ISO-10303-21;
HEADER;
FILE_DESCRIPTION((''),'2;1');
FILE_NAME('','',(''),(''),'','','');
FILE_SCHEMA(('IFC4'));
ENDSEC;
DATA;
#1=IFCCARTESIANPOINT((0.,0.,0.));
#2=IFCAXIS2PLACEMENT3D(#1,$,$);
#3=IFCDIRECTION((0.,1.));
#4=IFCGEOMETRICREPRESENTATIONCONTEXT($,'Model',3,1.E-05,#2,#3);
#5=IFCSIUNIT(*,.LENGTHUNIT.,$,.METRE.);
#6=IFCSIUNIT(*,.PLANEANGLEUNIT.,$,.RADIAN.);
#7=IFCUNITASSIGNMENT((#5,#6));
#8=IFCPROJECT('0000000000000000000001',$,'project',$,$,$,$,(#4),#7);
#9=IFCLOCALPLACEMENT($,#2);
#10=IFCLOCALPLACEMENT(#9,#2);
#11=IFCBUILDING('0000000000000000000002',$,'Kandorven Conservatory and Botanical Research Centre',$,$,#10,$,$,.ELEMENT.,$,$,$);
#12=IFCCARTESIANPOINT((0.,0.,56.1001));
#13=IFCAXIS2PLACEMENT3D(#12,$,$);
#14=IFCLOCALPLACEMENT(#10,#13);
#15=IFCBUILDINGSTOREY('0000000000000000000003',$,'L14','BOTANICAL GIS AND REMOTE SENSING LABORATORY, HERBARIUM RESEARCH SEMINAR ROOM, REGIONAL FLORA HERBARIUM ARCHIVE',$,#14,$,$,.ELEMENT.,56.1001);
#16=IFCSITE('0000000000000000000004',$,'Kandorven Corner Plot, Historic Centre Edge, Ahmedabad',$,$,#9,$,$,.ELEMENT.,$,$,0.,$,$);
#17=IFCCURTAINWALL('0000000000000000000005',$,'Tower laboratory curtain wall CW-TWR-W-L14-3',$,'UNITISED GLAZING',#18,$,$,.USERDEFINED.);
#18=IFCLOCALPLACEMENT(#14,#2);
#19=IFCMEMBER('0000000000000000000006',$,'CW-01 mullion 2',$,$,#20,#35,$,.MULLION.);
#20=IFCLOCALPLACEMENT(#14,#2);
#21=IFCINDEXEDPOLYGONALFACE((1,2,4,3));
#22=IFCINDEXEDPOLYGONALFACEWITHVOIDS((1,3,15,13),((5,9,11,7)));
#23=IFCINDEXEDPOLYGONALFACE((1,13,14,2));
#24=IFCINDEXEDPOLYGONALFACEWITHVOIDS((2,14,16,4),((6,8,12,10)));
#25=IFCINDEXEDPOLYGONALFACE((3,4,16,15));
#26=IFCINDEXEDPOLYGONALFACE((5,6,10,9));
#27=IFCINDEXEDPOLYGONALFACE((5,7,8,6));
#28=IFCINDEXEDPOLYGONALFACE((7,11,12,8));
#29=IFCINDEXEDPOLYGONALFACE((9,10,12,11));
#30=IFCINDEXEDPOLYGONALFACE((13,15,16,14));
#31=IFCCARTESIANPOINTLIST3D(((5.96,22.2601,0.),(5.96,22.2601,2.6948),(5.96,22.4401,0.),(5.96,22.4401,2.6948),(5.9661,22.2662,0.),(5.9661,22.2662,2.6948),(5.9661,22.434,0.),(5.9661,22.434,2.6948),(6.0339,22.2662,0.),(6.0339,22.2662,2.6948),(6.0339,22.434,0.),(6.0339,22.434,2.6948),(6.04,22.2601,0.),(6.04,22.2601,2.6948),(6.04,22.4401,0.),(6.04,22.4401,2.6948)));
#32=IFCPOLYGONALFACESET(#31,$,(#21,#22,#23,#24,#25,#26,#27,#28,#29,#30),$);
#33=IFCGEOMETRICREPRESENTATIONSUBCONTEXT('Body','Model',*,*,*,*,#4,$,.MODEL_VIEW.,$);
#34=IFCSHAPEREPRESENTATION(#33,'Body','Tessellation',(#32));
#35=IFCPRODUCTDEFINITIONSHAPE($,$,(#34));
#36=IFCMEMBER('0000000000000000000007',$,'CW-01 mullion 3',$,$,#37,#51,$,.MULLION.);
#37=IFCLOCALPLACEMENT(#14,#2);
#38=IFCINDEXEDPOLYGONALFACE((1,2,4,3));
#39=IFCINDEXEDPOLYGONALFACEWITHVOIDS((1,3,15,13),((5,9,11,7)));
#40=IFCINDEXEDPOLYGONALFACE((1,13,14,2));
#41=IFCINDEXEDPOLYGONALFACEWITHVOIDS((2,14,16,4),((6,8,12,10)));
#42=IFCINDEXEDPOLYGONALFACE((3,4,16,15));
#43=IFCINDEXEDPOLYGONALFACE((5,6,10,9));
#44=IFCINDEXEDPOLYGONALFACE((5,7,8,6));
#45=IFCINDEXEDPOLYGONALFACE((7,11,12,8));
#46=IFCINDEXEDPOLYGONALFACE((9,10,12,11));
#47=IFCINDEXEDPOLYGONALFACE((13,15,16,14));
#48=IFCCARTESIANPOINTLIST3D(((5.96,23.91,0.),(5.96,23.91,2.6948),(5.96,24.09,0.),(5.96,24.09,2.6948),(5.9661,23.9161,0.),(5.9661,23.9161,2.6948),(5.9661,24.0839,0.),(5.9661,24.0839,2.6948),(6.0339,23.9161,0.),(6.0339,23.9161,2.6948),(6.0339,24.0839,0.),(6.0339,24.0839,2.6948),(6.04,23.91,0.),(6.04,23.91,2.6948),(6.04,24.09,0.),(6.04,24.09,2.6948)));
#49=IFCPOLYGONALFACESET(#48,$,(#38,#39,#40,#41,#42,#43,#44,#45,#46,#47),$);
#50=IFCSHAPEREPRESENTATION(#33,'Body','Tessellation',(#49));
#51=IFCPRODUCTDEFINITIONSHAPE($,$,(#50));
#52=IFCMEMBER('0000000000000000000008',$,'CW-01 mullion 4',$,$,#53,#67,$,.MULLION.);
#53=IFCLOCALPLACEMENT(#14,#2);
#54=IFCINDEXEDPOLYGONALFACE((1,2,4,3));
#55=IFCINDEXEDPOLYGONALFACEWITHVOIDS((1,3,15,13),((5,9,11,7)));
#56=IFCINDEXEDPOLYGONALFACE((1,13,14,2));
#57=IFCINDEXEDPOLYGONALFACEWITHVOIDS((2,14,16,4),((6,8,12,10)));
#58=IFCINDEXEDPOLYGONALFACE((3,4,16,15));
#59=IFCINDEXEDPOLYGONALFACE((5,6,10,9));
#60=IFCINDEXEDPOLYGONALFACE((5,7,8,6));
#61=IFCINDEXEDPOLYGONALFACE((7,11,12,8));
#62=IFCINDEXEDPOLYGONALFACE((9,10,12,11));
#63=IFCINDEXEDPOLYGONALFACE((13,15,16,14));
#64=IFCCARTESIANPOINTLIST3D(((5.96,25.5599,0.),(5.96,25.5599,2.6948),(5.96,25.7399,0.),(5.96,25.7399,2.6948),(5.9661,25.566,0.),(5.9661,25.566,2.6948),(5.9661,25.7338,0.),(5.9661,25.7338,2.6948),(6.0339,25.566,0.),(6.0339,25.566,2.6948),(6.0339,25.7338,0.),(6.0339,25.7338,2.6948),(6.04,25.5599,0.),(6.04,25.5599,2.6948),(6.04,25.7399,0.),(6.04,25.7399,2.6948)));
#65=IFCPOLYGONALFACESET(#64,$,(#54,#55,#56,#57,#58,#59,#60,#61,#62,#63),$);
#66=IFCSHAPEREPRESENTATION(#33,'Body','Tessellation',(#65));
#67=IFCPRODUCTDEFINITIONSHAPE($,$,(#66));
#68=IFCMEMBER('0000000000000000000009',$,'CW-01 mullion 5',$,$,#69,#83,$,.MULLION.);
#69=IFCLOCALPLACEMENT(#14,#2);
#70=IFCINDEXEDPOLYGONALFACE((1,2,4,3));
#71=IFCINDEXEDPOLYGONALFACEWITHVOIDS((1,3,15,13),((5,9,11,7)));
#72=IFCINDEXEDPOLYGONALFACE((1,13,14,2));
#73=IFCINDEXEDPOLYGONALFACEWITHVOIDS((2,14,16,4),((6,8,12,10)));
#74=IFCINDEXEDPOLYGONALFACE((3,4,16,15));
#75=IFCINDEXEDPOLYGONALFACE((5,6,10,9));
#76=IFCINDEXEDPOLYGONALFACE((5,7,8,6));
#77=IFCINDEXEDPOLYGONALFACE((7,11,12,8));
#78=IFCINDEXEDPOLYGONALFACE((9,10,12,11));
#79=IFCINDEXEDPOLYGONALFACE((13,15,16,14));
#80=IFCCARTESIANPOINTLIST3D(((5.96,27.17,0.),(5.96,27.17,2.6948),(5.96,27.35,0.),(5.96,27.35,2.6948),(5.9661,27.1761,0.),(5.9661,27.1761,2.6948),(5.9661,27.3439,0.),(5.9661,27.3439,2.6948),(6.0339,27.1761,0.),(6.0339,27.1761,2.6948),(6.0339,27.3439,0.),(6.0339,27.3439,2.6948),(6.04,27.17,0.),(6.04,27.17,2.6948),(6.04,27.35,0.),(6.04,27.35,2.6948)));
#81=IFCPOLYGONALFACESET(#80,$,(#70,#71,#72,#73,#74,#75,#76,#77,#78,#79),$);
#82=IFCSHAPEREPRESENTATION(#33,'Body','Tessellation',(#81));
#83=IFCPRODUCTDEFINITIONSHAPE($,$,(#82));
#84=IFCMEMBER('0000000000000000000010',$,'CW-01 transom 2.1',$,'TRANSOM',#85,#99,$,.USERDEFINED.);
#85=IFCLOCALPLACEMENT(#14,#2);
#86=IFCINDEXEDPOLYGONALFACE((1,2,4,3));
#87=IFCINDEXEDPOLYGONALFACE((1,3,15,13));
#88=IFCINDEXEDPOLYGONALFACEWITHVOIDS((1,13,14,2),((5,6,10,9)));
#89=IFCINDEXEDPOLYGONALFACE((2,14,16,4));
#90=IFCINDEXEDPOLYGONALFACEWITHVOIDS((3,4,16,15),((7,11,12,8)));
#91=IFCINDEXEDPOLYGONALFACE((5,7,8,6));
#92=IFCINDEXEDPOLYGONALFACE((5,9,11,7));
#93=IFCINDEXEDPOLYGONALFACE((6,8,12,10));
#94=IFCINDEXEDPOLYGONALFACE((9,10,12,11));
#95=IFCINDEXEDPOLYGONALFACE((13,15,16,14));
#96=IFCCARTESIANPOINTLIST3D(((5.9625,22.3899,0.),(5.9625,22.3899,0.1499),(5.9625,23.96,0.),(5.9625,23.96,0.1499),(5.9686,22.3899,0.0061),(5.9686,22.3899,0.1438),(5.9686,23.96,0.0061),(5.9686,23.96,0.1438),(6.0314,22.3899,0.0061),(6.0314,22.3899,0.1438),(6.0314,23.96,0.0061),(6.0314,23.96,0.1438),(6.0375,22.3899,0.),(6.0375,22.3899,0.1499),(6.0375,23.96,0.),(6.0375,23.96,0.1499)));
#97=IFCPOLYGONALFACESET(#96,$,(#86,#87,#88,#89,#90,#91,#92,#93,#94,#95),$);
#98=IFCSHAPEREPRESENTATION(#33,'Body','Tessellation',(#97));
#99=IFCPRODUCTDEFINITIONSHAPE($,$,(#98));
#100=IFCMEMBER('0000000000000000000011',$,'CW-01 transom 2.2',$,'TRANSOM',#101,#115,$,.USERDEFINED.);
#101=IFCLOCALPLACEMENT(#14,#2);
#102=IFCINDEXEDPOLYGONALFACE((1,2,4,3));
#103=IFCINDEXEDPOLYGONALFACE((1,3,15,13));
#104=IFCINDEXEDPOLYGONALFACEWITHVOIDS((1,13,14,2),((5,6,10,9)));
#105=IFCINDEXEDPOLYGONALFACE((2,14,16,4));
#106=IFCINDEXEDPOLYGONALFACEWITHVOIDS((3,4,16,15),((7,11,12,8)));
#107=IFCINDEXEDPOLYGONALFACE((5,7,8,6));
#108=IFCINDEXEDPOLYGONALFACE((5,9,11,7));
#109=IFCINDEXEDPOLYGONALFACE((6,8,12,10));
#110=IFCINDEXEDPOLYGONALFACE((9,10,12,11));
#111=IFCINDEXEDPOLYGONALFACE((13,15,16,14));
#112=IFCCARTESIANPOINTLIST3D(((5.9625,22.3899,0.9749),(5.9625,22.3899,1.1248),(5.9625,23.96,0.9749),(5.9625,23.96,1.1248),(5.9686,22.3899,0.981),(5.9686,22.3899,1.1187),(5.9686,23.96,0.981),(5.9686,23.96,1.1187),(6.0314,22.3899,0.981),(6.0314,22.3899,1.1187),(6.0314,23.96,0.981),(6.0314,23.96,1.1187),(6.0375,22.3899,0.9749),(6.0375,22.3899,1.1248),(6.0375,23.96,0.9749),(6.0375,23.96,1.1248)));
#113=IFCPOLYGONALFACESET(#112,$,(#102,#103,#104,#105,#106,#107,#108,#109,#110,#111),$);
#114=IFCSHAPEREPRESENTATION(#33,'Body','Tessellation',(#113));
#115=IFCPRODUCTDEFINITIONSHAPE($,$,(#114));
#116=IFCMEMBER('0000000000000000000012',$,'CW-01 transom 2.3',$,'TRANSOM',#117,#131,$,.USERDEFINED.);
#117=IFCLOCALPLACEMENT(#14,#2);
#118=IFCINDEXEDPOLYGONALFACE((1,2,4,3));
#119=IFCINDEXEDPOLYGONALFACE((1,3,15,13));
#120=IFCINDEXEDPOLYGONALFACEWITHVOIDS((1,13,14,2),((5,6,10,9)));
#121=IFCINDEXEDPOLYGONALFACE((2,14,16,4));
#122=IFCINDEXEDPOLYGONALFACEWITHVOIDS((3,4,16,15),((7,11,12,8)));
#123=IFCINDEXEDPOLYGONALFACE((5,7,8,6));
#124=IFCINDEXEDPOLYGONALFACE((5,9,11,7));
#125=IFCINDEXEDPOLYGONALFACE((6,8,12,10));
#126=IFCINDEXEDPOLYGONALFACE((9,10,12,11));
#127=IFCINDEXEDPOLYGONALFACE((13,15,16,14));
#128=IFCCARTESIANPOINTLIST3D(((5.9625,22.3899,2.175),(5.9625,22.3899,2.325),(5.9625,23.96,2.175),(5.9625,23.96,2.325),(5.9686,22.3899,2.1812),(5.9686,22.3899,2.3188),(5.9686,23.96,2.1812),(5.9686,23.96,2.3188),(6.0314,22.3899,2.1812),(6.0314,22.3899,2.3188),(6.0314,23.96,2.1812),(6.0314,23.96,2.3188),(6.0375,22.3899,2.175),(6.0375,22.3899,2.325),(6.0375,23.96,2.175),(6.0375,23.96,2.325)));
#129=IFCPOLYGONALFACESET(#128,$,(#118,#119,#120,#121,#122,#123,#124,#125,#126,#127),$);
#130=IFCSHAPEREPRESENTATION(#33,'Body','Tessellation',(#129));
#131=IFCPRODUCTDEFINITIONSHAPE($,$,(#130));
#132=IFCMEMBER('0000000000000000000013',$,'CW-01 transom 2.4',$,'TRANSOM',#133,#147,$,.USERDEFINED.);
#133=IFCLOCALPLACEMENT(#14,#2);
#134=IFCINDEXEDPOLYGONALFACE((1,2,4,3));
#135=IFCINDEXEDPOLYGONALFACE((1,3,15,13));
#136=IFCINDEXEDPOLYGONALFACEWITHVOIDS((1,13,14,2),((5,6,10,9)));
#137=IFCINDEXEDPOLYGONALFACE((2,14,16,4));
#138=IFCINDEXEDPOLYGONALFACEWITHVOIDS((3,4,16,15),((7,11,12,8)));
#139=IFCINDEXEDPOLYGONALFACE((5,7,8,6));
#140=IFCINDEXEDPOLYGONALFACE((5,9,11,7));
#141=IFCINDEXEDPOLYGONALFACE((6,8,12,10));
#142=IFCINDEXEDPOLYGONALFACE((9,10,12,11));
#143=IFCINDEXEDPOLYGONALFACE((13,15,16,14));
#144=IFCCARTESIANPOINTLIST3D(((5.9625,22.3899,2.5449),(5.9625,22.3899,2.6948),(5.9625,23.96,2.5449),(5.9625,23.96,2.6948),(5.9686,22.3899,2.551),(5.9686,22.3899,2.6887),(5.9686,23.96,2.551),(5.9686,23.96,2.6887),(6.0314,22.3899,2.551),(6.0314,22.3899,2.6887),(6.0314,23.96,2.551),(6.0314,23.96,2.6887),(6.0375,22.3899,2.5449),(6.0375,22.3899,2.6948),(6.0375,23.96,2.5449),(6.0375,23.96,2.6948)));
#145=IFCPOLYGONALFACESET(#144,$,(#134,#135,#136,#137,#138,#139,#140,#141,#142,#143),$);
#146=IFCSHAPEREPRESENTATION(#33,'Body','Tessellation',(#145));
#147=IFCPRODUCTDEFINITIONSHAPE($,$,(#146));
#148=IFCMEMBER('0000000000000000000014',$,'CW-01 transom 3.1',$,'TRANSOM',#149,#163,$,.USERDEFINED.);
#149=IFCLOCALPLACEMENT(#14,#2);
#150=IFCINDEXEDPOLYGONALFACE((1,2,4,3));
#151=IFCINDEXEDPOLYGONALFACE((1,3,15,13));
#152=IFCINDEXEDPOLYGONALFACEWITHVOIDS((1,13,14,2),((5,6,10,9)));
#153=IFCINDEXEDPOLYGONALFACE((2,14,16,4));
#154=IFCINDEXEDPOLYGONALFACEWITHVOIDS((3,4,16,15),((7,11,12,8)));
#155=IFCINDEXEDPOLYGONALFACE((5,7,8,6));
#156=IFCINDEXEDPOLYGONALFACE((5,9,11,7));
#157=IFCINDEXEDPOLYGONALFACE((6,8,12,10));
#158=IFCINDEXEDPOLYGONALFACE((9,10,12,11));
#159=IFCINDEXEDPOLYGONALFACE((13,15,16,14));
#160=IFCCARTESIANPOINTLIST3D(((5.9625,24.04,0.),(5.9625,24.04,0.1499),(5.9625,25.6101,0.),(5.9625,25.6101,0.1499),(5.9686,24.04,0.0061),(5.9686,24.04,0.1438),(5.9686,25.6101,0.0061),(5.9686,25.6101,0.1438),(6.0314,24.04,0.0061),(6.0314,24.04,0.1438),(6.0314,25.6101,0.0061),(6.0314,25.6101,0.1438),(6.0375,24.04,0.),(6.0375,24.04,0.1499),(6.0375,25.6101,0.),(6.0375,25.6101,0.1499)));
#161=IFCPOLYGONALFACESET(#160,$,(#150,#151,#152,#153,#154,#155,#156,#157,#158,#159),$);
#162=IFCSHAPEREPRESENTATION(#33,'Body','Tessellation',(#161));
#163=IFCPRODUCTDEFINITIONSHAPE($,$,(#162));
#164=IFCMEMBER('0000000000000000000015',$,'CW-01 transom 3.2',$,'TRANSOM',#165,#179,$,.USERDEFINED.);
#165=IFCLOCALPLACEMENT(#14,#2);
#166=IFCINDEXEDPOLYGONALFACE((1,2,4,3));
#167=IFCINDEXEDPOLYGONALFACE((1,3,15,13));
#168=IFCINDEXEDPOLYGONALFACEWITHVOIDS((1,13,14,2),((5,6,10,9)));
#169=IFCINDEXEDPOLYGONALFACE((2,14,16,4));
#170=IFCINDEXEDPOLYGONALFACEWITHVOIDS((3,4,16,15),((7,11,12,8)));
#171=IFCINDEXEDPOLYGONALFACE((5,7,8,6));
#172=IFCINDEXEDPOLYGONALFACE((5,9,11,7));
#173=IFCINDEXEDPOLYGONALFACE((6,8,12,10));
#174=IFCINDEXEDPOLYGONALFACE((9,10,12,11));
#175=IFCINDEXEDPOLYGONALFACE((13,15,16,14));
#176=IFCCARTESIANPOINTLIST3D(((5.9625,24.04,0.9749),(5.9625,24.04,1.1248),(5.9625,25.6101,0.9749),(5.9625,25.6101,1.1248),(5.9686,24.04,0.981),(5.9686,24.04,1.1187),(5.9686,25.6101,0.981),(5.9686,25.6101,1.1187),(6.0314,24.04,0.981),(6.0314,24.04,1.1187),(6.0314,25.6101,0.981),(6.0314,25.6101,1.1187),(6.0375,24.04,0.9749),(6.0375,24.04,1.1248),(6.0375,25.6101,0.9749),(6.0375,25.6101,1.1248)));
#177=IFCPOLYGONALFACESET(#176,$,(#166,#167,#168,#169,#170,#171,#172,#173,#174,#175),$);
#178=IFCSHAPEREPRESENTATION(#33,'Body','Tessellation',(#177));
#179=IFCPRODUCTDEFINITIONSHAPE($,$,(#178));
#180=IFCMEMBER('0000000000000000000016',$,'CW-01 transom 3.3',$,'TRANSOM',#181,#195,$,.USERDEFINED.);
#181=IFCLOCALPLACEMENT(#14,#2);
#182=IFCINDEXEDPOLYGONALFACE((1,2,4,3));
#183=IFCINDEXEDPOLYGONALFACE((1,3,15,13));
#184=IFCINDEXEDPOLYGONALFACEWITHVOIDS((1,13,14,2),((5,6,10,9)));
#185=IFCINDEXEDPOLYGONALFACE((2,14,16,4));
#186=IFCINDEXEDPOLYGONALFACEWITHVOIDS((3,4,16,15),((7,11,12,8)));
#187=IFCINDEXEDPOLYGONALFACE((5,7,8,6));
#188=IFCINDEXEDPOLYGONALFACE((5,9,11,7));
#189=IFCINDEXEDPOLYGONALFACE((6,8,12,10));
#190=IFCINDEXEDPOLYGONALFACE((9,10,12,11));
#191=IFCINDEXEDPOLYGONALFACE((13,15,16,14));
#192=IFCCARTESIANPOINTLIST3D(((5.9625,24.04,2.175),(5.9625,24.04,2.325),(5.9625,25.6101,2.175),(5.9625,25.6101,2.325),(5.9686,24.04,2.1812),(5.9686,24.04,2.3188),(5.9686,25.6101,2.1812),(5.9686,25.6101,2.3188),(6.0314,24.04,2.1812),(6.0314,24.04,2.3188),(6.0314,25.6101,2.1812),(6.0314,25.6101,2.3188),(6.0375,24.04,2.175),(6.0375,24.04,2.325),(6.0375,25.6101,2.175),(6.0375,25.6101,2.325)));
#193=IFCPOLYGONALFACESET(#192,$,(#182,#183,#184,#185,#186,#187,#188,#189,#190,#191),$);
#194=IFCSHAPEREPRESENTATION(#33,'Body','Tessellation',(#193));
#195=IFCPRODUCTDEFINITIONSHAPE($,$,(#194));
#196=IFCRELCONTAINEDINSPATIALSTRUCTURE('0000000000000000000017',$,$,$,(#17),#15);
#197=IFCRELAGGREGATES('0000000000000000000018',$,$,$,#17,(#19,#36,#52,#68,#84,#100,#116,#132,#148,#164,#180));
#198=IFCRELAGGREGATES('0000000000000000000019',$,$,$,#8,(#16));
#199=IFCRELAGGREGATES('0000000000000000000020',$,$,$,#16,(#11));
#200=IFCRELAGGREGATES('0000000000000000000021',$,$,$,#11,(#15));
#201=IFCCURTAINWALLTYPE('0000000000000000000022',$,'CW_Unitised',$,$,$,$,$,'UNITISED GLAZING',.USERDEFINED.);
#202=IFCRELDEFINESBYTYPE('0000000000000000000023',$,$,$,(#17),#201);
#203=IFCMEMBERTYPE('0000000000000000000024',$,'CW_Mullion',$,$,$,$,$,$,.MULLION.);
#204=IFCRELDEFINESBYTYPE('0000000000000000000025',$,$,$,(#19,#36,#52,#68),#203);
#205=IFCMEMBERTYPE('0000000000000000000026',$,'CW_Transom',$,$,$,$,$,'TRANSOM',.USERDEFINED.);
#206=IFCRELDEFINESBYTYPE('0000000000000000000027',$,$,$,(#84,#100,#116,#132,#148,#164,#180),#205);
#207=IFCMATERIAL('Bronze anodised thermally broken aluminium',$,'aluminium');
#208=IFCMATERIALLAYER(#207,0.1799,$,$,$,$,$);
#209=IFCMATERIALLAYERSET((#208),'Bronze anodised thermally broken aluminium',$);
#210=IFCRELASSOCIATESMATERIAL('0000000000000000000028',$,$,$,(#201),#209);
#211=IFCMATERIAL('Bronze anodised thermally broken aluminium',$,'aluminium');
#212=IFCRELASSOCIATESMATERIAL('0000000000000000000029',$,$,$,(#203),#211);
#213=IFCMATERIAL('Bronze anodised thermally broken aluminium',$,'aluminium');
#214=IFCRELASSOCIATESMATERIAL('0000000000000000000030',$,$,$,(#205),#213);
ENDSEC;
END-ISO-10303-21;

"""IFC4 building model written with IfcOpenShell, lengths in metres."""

from ifc_helpers import new_model, si_unit, direction, frame, origin, origin_2d, place, context, subcontext, project, spatial, hollow_rectangle, extrude, material, layer, layer_set, material_profile, profile_set, type_object, element, aggregate, save


model = new_model("IFC4")

# Units and contexts
model_context = context("Model", 3, precision=1e-05, world=origin(), true_north=direction((0.0, 1.0)))
body_context = subcontext(model_context, "Body", "Model", "MODEL_VIEW")
ifc_project = project(units=[si_unit("LENGTHUNIT", "METRE"), si_unit("PLANEANGLEUNIT", "RADIAN")], contexts=[model_context])

# Site, building, storey
site_placement = place(None, origin())
site = spatial("IfcSite", under=ifc_project, at=site_placement, Name="Kandorven Corner Plot, Historic Centre Edge, Ahmedabad", CompositionType="ELEMENT", RefElevation=0.0)
building_placement = place(site_placement, origin())
building = spatial("IfcBuilding", under=site, at=building_placement, Name="Kandorven Conservatory and Botanical Research Centre", CompositionType="ELEMENT")
storey_placement = place(building_placement, frame((0.0, 0.0, 56.1001)))
storey = spatial("IfcBuildingStorey", under=building, at=storey_placement, Name="L14", Description="BOTANICAL GIS AND REMOTE SENSING LABORATORY, HERBARIUM RESEARCH SEMINAR ROOM, REGIONAL FLORA HERBARIUM ARCHIVE", CompositionType="ELEMENT", Elevation=56.1001)

# Curtain wall, members
ifc_material_1 = material(Name="Bronze anodised thermally broken aluminium", Category="aluminium")
ifc_layer_1 = layer(ifc_material_1, 0.1799)
ifc_layer_set_1 = layer_set([ifc_layer_1], Name="Bronze anodised thermally broken aluminium")
curtain_wall_type = type_object("IfcCurtainWallType", Name="CW_Unitised", ElementType="UNITISED GLAZING", PredefinedType="USERDEFINED", material=ifc_layer_set_1)
curtain_wall_placement = place(storey_placement, origin())
curtain_wall = element("IfcCurtainWall", 1, at=curtain_wall_placement, inside=storey, type_object=curtain_wall_type, Name="Tower laboratory curtain wall CW-TWR-W-L14-3", ObjectType="UNITISED GLAZING", PredefinedType="USERDEFINED")
ifc_material_2 = material(Name="Bronze anodised thermally broken aluminium", Category="aluminium")
ifc_material_profile_1 = material_profile(ifc_material_2, hollow_rectangle(XDim=0.0801, YDim=0.1799, WallThickness=0.0061, at=origin_2d()))
ifc_profile_set_1 = profile_set([ifc_material_profile_1], Name="Bronze anodised thermally broken aluminium")
member_type_1 = type_object("IfcMemberType", Name="CW_Mullion", PredefinedType="MULLION", material=ifc_profile_set_1)
member_1_placement = place(storey_placement, frame((6.0, 22.3501, 0.0), z_axis=(0.0, 0.0, 1.0), x_axis=(-1.0, 0.0, 0.0)))
member_1 = element("IfcMember", 2, at=member_1_placement, type_object=member_type_1, Name="CW-01 mullion 2", PredefinedType="MULLION", context=body_context, shape_type="SweptSolid", body=[
    extrude(hollow_rectangle(XDim=0.0801, YDim=0.1799, WallThickness=0.0061, at=origin_2d()), origin(), (0.0, 0.0, 1.0), 2.6948),
])
member_2_placement = place(storey_placement, frame((6.0, 24.0, 0.0), z_axis=(0.0, 0.0, 1.0), x_axis=(-1.0, 0.0, 0.0)))
member_2 = element("IfcMember", 3, at=member_2_placement, type_object=member_type_1, Name="CW-01 mullion 3", PredefinedType="MULLION", context=body_context, shape_type="SweptSolid", body=[
    extrude(hollow_rectangle(XDim=0.0801, YDim=0.1799, WallThickness=0.0061, at=origin_2d()), origin(), (0.0, 0.0, 1.0), 2.6948),
])
member_3_placement = place(storey_placement, frame((6.0, 25.6499, 0.0), z_axis=(0.0, 0.0, 1.0), x_axis=(-1.0, 0.0, 0.0)))
member_3 = element("IfcMember", 4, at=member_3_placement, type_object=member_type_1, Name="CW-01 mullion 4", PredefinedType="MULLION", context=body_context, shape_type="SweptSolid", body=[
    extrude(hollow_rectangle(XDim=0.0801, YDim=0.1799, WallThickness=0.0061, at=origin_2d()), origin(), (0.0, 0.0, 1.0), 2.6948),
])
member_4_placement = place(storey_placement, frame((6.0, 27.26, 0.0), z_axis=(0.0, 0.0, 1.0), x_axis=(-1.0, 0.0, 0.0)))
member_4 = element("IfcMember", 5, at=member_4_placement, type_object=member_type_1, Name="CW-01 mullion 5", PredefinedType="MULLION", context=body_context, shape_type="SweptSolid", body=[
    extrude(hollow_rectangle(XDim=0.0801, YDim=0.1799, WallThickness=0.0061, at=origin_2d()), origin(), (0.0, 0.0, 1.0), 2.6948),
])
ifc_material_3 = material(Name="Bronze anodised thermally broken aluminium", Category="aluminium")
ifc_material_profile_2 = material_profile(ifc_material_3, hollow_rectangle(XDim=0.075, YDim=0.1499, WallThickness=0.0061, at=origin_2d()))
ifc_profile_set_2 = profile_set([ifc_material_profile_2], Name="Bronze anodised thermally broken aluminium")
member_type_2 = type_object("IfcMemberType", Name="CW_Transom", ElementType="TRANSOM", PredefinedType="USERDEFINED", material=ifc_profile_set_2)
member_5_placement = place(storey_placement, frame((6.0, 22.3899, 0.075), z_axis=(0.0, 1.0, 0.0), x_axis=(-1.0, 0.0, 0.0)))
member_5 = element("IfcMember", 6, at=member_5_placement, type_object=member_type_2, Name="CW-01 transom 2.1", ObjectType="TRANSOM", PredefinedType="USERDEFINED", context=body_context, shape_type="SweptSolid", body=[
    extrude(hollow_rectangle(XDim=0.075, YDim=0.1499, WallThickness=0.0061, at=origin_2d()), origin(), (0.0, 0.0, 1.0), 1.5701),
])
member_6_placement = place(storey_placement, frame((6.0, 22.3899, 1.0498), z_axis=(0.0, 1.0, 0.0), x_axis=(-1.0, 0.0, 0.0)))
member_6 = element("IfcMember", 7, at=member_6_placement, type_object=member_type_2, Name="CW-01 transom 2.2", ObjectType="TRANSOM", PredefinedType="USERDEFINED", context=body_context, shape_type="SweptSolid", body=[
    extrude(hollow_rectangle(XDim=0.075, YDim=0.1499, WallThickness=0.0061, at=origin_2d()), origin(), (0.0, 0.0, 1.0), 1.5701),
])
member_7_placement = place(storey_placement, frame((6.0, 22.3899, 2.25), z_axis=(0.0, 1.0, 0.0), x_axis=(-1.0, 0.0, 0.0)))
member_7 = element("IfcMember", 8, at=member_7_placement, type_object=member_type_2, Name="CW-01 transom 2.3", ObjectType="TRANSOM", PredefinedType="USERDEFINED", context=body_context, shape_type="SweptSolid", body=[
    extrude(hollow_rectangle(XDim=0.075, YDim=0.1499, WallThickness=0.0061, at=origin_2d()), origin(), (0.0, 0.0, 1.0), 1.5701),
])
member_8_placement = place(storey_placement, frame((6.0, 22.3899, 2.6199), z_axis=(0.0, 1.0, 0.0), x_axis=(-1.0, 0.0, 0.0)))
member_8 = element("IfcMember", 9, at=member_8_placement, type_object=member_type_2, Name="CW-01 transom 2.4", ObjectType="TRANSOM", PredefinedType="USERDEFINED", context=body_context, shape_type="SweptSolid", body=[
    extrude(hollow_rectangle(XDim=0.075, YDim=0.1499, WallThickness=0.0061, at=origin_2d()), origin(), (0.0, 0.0, 1.0), 1.5701),
])
member_9_placement = place(storey_placement, frame((6.0, 24.04, 0.075), z_axis=(0.0, 1.0, 0.0), x_axis=(-1.0, 0.0, 0.0)))
member_9 = element("IfcMember", 10, at=member_9_placement, type_object=member_type_2, Name="CW-01 transom 3.1", ObjectType="TRANSOM", PredefinedType="USERDEFINED", context=body_context, shape_type="SweptSolid", body=[
    extrude(hollow_rectangle(XDim=0.075, YDim=0.1499, WallThickness=0.0061, at=origin_2d()), origin(), (0.0, 0.0, 1.0), 1.5701),
])
member_10_placement = place(storey_placement, frame((6.0, 24.04, 1.0498), z_axis=(0.0, 1.0, 0.0), x_axis=(-1.0, 0.0, 0.0)))
member_10 = element("IfcMember", 11, at=member_10_placement, type_object=member_type_2, Name="CW-01 transom 3.2", ObjectType="TRANSOM", PredefinedType="USERDEFINED", context=body_context, shape_type="SweptSolid", body=[
    extrude(hollow_rectangle(XDim=0.075, YDim=0.1499, WallThickness=0.0061, at=origin_2d()), origin(), (0.0, 0.0, 1.0), 1.5701),
])
member_11_placement = place(storey_placement, frame((6.0, 24.04, 2.25), z_axis=(0.0, 1.0, 0.0), x_axis=(-1.0, 0.0, 0.0)))
member_11 = element("IfcMember", 12, at=member_11_placement, type_object=member_type_2, Name="CW-01 transom 3.3", ObjectType="TRANSOM", PredefinedType="USERDEFINED", context=body_context, shape_type="SweptSolid", body=[
    extrude(hollow_rectangle(XDim=0.075, YDim=0.1499, WallThickness=0.0061, at=origin_2d()), origin(), (0.0, 0.0, 1.0), 1.5701),
])
aggregate(curtain_wall, [member_1, member_2, member_3, member_4, member_5, member_6, member_7, member_8, member_9, member_10, member_11])

save(model, "model.ifc")
